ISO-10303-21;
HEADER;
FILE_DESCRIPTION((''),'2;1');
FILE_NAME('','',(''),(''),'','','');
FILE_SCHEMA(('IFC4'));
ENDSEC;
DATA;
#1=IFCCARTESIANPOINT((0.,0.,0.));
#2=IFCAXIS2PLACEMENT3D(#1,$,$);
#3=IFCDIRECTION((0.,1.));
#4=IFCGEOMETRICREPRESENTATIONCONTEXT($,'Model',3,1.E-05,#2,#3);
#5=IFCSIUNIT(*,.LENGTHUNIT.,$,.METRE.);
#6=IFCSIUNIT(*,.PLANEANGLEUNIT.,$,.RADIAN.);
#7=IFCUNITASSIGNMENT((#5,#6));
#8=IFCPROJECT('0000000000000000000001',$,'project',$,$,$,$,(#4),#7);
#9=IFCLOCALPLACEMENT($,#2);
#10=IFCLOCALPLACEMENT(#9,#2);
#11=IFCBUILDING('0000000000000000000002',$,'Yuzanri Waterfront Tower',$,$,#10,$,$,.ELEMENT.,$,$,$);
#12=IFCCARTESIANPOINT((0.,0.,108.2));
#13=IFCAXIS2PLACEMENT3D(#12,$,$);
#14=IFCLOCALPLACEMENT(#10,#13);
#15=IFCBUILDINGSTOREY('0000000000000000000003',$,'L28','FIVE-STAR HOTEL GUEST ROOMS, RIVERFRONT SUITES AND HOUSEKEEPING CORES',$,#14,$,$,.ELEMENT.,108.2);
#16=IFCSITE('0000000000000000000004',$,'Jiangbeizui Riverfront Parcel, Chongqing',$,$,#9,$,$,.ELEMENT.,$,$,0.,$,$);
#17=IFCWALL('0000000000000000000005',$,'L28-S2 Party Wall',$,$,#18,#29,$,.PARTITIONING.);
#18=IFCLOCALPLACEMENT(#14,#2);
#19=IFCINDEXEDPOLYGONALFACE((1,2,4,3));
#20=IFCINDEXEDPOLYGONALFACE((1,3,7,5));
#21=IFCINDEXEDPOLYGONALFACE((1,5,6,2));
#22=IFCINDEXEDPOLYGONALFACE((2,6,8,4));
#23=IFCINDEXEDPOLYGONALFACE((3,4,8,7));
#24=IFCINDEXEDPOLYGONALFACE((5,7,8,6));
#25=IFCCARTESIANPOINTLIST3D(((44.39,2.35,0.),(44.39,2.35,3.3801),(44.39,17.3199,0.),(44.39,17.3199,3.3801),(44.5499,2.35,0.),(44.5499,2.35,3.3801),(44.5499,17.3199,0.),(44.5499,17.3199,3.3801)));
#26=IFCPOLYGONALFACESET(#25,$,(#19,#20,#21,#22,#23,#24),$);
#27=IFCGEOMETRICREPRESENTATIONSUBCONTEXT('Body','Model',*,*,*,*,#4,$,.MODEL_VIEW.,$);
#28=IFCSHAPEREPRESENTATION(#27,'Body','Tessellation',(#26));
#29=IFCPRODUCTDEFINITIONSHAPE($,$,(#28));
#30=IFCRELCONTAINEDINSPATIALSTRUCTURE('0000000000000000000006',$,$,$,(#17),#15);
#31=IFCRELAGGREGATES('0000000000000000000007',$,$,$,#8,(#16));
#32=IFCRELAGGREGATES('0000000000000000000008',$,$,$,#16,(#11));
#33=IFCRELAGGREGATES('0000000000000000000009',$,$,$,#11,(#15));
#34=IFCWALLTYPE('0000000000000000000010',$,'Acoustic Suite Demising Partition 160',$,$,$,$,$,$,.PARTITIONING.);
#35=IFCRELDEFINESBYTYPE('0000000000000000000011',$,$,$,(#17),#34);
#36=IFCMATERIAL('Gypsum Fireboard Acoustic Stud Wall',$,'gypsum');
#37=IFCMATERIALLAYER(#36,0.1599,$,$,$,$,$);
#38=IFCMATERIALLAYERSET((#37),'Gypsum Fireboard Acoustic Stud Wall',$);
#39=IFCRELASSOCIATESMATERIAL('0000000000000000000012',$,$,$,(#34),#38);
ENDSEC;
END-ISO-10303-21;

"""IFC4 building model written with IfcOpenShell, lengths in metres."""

from ifc_helpers import new_model, si_unit, direction, frame, frame_2d, origin, place, context, subcontext, project, spatial, rectangle, extrude, source, transform, mapped, material, layer, layer_set, type_object, element, save


model = new_model("IFC4")

# Units and contexts
model_context = context("Model", 3, precision=1e-05, world=origin(), true_north=direction((0.0, 1.0)))
body_context = subcontext(model_context, "Body", "Model", "MODEL_VIEW")
ifc_project = project(units=[si_unit("LENGTHUNIT", "METRE"), si_unit("PLANEANGLEUNIT", "RADIAN")], contexts=[model_context])

# Site, building, storey
site_placement = place(None, origin())
site = spatial("IfcSite", under=ifc_project, at=site_placement, Name="Jiangbeizui Riverfront Parcel, Chongqing", CompositionType="ELEMENT", RefElevation=0.0)
building_placement = place(site_placement, origin())
building = spatial("IfcBuilding", under=site, at=building_placement, Name="Yuzanri Waterfront Tower", CompositionType="ELEMENT")
storey_placement = place(building_placement, frame((0.0, 0.0, 108.2)))
storey = spatial("IfcBuildingStorey", under=building, at=storey_placement, Name="L28", Description="FIVE-STAR HOTEL GUEST ROOMS, RIVERFRONT SUITES AND HOUSEKEEPING CORES", CompositionType="ELEMENT", Elevation=108.2)

# Wall
ifc_material_1 = material(Name="Gypsum Fireboard Acoustic Stud Wall", Category="gypsum")
ifc_layer_1 = layer(ifc_material_1, 0.1599)
ifc_layer_set_1 = layer_set([ifc_layer_1], Name="Gypsum Fireboard Acoustic Stud Wall")
wall_type_1 = type_object("IfcWallType", Name="Acoustic Suite Demising Partition 160", PredefinedType="PARTITIONING", material=ifc_layer_set_1)
shared_shape_1 = source(origin(), body_context, "Body", "SweptSolid", [
    extrude(rectangle(XDim=14.97, YDim=0.1599, at=frame_2d((7.4849, 0.0))), origin(), (0.0, 0.0, 1.0), 3.3801),
])
wall_1_placement = place(storey_placement, frame((44.47, 2.3501, 0.0), z_axis=(0.0, 0.0, 1.0), x_axis=(0.0, 1.0, 0.0)))
element("IfcWall", 1, at=wall_1_placement, inside=storey, type_object=wall_type_1, Name="L28-S2 Party Wall", PredefinedType="PARTITIONING", context=body_context, shape_type="MappedRepresentation", body=[
    mapped(shared_shape_1, transform((0.0, 0.0, 0.0), scale=1.0)),
])

save(model, "model.ifc")
